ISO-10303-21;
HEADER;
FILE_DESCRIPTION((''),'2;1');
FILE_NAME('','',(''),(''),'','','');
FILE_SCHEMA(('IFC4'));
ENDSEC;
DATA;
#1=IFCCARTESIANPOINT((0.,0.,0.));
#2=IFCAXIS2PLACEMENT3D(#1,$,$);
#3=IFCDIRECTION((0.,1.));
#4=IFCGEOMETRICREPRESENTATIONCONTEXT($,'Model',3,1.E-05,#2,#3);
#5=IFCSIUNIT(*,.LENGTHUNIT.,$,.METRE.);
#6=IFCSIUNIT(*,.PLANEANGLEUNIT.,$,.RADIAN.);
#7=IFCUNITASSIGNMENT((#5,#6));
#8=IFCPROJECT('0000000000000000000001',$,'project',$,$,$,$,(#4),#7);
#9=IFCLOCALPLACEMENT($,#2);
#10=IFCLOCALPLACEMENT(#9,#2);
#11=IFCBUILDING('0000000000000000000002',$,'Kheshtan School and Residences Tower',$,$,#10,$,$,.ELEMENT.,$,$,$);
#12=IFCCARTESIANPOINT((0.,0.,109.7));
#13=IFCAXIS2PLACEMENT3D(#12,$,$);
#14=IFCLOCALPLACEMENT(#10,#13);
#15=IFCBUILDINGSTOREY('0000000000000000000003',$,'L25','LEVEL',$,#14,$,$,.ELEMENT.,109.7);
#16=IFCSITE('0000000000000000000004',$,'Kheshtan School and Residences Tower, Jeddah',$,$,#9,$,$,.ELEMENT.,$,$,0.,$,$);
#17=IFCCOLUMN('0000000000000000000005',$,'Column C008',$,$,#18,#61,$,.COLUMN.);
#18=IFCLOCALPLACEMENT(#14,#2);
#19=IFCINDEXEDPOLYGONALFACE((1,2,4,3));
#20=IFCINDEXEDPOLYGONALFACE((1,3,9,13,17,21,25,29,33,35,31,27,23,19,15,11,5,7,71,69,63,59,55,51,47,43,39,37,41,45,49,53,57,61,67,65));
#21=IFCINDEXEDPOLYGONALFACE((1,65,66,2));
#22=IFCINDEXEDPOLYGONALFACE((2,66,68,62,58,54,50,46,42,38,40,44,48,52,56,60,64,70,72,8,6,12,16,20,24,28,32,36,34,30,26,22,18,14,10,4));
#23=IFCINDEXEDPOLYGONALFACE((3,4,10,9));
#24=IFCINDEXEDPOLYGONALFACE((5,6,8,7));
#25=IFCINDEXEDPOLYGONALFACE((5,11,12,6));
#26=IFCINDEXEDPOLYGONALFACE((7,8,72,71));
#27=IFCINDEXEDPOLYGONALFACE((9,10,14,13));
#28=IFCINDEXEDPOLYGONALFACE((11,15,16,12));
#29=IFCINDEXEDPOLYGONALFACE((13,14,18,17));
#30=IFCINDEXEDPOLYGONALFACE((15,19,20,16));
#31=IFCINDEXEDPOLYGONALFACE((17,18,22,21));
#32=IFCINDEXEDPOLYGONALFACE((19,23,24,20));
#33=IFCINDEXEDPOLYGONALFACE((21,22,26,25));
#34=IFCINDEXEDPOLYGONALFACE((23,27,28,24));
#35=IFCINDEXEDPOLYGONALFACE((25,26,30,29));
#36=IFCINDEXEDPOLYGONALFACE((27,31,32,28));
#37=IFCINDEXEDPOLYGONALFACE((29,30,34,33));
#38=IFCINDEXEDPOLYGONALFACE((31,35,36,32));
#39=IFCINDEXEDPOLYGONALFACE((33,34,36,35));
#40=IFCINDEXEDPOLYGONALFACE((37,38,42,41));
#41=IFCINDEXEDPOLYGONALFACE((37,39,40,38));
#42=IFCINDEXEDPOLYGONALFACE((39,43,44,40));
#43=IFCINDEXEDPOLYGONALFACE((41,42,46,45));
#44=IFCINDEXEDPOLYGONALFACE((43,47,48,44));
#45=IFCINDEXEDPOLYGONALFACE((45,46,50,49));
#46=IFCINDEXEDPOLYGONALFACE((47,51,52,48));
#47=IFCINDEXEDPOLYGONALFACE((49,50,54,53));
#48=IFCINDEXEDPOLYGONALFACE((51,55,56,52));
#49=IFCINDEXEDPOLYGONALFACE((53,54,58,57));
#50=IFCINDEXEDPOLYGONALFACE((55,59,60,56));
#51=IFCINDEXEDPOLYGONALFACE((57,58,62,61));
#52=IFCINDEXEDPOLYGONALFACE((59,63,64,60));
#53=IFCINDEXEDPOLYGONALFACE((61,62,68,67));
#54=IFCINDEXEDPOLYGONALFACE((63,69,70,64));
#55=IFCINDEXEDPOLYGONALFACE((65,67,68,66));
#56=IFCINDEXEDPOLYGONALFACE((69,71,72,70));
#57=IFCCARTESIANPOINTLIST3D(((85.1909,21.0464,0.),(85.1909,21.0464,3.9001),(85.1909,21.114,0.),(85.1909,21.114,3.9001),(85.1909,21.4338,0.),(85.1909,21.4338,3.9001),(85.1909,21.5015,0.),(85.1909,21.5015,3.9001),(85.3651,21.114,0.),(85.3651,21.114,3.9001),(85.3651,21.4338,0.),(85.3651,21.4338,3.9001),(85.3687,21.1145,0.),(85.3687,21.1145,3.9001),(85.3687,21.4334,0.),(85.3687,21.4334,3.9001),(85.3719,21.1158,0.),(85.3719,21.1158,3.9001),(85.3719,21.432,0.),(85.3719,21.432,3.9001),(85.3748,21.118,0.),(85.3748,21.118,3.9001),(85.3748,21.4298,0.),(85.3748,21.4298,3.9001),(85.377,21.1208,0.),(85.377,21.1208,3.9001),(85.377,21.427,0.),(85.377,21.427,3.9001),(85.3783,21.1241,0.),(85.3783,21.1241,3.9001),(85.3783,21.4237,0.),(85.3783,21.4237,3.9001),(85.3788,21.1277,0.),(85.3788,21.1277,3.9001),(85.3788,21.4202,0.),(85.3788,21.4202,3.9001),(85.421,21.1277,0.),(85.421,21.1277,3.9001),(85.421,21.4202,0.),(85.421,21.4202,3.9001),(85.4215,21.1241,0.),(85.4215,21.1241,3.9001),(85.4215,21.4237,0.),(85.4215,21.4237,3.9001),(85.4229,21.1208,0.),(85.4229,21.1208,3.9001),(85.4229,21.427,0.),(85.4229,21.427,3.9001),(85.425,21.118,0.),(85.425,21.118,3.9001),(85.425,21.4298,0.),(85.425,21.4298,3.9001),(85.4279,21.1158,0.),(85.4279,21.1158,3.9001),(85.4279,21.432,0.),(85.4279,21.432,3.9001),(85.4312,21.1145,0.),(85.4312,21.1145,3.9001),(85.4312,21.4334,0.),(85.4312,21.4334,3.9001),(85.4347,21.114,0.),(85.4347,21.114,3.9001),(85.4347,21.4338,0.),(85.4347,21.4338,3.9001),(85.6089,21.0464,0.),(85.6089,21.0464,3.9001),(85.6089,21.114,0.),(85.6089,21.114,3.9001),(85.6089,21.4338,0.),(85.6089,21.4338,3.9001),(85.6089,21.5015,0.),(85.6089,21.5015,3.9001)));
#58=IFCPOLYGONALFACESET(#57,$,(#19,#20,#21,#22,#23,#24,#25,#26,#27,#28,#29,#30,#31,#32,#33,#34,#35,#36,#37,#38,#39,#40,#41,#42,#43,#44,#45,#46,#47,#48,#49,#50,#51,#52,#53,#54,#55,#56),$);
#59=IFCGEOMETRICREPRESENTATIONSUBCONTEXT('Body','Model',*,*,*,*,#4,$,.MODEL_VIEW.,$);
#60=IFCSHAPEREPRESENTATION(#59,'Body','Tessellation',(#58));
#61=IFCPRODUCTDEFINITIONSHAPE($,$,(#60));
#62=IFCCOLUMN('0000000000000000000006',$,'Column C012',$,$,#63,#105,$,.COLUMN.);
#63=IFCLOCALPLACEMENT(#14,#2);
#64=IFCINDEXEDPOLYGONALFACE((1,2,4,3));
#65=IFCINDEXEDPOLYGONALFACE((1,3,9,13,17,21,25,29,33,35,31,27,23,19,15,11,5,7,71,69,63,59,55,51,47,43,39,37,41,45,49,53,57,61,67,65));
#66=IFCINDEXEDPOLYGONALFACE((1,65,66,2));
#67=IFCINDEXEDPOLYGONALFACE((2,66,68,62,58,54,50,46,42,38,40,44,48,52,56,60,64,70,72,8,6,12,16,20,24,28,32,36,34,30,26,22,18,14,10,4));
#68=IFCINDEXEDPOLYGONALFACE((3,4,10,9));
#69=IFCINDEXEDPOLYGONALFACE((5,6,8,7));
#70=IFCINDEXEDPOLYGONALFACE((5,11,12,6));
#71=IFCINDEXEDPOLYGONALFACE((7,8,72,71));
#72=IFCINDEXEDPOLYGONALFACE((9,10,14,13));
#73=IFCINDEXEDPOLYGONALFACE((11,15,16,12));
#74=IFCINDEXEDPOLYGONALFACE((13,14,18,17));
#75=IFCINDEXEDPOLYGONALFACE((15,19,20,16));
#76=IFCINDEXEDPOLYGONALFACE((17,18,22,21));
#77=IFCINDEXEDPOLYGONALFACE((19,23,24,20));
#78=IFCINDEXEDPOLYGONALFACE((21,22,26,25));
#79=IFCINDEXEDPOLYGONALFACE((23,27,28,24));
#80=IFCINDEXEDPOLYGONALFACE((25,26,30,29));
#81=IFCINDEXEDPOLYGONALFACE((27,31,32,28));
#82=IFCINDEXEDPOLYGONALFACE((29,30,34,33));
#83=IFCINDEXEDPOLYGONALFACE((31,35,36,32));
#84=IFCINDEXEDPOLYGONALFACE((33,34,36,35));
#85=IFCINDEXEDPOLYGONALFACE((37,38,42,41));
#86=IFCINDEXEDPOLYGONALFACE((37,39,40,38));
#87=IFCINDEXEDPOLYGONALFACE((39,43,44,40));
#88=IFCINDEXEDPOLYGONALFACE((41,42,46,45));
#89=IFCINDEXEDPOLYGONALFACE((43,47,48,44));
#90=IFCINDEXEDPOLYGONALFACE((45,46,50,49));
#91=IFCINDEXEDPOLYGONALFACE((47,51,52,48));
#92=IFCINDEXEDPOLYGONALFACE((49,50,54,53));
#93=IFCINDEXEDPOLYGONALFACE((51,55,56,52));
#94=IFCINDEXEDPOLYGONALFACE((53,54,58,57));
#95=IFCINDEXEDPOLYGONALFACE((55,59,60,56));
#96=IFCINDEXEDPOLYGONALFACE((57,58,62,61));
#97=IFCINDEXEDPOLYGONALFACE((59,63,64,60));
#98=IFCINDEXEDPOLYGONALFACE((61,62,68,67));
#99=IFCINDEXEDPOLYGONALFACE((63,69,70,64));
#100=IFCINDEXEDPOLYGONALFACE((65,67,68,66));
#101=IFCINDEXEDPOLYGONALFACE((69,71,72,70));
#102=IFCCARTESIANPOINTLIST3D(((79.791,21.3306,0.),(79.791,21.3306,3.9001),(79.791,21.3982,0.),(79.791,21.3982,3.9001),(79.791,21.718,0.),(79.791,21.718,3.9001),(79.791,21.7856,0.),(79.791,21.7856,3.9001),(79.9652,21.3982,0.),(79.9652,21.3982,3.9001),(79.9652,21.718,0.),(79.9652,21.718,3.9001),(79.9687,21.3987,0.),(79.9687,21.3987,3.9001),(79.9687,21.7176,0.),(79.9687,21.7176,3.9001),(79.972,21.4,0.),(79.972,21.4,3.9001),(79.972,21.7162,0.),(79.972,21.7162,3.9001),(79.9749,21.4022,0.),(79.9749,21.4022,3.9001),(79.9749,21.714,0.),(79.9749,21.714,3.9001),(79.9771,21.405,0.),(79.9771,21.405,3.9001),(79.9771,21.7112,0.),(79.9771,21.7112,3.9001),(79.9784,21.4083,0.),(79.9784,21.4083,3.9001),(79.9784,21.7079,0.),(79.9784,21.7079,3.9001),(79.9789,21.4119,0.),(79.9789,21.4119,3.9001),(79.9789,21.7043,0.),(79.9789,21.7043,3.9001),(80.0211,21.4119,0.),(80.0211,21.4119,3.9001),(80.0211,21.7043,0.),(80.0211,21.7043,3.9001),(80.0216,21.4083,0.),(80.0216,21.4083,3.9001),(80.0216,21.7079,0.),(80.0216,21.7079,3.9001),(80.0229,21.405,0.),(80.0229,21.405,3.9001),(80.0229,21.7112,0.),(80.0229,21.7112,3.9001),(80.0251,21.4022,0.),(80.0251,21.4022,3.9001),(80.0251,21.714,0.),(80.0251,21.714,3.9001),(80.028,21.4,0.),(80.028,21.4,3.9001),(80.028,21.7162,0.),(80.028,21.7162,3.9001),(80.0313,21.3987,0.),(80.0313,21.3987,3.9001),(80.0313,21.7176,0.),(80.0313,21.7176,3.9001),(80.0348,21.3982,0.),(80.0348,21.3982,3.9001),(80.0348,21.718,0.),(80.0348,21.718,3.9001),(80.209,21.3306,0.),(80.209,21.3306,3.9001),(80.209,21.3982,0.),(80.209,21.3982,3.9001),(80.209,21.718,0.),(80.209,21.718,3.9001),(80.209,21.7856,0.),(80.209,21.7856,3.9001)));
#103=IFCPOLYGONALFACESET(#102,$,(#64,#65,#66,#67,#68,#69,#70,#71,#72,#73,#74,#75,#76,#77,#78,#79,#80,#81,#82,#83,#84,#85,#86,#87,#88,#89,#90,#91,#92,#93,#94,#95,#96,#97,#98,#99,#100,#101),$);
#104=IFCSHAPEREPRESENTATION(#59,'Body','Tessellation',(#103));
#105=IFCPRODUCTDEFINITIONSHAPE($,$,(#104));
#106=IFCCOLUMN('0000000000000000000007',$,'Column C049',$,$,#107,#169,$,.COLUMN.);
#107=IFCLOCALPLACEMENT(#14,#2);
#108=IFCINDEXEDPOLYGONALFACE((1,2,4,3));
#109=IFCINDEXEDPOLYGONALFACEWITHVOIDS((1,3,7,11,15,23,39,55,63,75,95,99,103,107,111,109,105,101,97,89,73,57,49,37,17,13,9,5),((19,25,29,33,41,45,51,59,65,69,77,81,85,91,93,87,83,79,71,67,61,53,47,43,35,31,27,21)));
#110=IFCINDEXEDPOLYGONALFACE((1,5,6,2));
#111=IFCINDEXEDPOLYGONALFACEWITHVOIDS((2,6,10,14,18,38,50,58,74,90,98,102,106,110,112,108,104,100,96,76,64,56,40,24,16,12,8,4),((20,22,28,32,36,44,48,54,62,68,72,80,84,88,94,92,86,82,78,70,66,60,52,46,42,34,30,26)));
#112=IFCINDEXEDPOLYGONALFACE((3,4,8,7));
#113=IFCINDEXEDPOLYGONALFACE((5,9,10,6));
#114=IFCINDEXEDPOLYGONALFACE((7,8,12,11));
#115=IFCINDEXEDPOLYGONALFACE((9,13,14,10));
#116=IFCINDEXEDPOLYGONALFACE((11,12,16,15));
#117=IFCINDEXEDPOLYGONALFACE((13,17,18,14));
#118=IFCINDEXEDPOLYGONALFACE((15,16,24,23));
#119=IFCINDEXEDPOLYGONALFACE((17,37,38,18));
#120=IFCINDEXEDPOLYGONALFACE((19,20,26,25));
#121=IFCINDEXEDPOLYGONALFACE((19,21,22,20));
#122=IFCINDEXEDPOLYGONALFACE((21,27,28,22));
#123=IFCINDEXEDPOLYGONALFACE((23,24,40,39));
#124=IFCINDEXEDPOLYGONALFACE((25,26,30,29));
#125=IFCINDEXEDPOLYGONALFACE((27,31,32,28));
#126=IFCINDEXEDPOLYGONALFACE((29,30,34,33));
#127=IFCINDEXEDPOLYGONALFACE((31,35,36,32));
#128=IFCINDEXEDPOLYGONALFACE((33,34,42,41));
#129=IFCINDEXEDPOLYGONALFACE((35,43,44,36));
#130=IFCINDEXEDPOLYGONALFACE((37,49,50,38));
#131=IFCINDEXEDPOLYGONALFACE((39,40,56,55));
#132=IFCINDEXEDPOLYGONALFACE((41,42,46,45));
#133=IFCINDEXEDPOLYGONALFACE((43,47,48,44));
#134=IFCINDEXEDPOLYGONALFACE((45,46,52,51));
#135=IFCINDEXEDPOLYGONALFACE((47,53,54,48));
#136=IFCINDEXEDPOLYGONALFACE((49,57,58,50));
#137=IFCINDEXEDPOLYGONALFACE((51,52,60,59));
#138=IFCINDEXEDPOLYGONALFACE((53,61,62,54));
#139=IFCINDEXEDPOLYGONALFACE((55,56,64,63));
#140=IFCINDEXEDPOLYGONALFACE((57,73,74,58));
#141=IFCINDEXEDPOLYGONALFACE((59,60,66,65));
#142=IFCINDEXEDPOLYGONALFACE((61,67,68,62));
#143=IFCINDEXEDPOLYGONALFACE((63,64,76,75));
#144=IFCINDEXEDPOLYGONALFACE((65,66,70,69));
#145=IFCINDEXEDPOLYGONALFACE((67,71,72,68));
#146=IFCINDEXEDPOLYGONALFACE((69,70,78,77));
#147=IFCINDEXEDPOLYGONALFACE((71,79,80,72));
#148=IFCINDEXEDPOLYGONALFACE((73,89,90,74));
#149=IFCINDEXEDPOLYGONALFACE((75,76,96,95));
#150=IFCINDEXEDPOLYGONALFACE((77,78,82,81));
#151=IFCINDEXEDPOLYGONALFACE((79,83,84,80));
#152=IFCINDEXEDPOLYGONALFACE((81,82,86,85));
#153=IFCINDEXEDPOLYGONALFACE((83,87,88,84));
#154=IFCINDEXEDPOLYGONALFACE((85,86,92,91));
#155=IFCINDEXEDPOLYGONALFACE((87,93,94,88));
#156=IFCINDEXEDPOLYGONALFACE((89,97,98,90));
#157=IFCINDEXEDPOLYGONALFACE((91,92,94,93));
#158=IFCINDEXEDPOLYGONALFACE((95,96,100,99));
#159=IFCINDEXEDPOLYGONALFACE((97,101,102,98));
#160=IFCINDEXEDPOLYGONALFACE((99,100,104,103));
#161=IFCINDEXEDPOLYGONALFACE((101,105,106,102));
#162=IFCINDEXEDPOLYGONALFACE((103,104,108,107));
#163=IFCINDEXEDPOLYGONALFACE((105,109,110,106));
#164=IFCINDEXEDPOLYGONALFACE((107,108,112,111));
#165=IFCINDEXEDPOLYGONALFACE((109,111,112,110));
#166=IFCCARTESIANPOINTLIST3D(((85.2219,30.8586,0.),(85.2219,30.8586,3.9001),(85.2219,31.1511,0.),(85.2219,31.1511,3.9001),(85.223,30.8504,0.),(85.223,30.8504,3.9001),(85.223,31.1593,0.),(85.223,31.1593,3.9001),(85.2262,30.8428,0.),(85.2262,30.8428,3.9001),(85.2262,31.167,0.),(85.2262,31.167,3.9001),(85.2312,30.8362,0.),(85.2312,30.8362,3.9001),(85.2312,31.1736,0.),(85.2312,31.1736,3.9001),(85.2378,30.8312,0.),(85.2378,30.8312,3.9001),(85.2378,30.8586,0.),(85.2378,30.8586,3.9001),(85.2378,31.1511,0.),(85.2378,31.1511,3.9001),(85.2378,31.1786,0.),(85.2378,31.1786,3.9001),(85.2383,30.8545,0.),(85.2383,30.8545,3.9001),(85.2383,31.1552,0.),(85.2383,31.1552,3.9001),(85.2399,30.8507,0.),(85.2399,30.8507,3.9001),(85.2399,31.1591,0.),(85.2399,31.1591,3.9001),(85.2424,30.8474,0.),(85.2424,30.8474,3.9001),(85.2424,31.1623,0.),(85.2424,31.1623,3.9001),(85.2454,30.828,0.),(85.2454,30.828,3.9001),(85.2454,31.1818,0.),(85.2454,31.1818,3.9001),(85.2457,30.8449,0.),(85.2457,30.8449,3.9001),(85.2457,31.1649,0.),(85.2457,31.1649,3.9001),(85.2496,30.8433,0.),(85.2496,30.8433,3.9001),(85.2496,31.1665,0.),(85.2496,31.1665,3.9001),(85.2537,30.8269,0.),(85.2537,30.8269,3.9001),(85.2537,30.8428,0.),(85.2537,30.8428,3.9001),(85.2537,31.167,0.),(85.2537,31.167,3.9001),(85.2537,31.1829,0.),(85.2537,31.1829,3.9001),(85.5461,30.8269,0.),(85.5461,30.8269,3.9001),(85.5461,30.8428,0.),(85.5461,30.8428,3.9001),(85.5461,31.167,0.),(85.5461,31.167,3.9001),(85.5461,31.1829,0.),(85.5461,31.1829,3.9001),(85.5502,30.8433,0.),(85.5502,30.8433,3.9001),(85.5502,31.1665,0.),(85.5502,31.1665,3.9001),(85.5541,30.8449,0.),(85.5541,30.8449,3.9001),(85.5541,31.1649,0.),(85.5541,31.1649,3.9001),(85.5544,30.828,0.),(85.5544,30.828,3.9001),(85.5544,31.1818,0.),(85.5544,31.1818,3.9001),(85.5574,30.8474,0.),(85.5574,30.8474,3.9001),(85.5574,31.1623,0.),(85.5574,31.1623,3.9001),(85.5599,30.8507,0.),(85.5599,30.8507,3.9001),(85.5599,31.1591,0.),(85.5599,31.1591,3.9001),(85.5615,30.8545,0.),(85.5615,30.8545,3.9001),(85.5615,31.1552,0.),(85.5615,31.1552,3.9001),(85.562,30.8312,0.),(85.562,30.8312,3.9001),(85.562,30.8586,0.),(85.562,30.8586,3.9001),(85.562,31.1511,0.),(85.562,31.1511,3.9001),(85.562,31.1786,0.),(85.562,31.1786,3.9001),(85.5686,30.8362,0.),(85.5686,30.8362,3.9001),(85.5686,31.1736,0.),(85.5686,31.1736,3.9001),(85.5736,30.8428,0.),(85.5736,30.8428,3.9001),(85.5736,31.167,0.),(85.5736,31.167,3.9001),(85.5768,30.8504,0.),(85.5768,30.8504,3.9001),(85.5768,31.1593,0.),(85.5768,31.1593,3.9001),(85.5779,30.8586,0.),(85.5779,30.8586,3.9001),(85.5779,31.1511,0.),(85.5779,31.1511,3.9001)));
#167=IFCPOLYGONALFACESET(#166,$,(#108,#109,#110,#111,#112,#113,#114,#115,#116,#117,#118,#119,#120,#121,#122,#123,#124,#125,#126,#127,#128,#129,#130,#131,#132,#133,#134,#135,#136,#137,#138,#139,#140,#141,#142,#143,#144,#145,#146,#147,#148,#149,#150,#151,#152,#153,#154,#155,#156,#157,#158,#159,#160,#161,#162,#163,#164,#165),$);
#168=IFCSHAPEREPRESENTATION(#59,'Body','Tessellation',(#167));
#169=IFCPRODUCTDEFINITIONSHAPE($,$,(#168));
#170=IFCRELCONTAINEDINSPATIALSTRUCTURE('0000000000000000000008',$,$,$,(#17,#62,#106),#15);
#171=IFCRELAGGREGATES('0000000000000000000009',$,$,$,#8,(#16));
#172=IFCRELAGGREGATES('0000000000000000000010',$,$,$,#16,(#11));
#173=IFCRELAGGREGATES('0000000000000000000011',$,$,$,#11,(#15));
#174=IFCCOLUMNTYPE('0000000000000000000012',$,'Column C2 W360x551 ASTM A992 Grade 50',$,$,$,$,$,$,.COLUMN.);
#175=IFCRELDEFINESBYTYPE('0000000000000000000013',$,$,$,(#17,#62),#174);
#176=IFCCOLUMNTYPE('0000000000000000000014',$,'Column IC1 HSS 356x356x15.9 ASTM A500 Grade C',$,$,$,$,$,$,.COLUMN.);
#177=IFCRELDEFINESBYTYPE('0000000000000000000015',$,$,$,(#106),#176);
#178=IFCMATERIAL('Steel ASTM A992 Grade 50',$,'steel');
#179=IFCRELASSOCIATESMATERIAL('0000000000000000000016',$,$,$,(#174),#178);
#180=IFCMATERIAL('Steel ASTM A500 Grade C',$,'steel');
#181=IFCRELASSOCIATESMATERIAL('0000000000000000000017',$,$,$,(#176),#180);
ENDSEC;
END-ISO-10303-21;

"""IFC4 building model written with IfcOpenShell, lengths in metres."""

from ifc_helpers import new_model, si_unit, direction, frame, origin, origin_2d, place, context, subcontext, project, spatial, hollow_rectangle, i_section, extrude, material, material_profile, profile_set, type_object, element, save


model = new_model("IFC4")

# Units and contexts
model_context = context("Model", 3, precision=1e-05, world=origin(), true_north=direction((0.0, 1.0)))
body_context = subcontext(model_context, "Body", "Model", "MODEL_VIEW")
ifc_project = project(units=[si_unit("LENGTHUNIT", "METRE"), si_unit("PLANEANGLEUNIT", "RADIAN")], contexts=[model_context])

# Site, building, storey
site_placement = place(None, origin())
site = spatial("IfcSite", under=ifc_project, at=site_placement, Name="Kheshtan School and Residences Tower, Jeddah", CompositionType="ELEMENT", RefElevation=0.0)
building_placement = place(site_placement, origin())
building = spatial("IfcBuilding", under=site, at=building_placement, Name="Kheshtan School and Residences Tower", CompositionType="ELEMENT")
storey_placement = place(building_placement, frame((0.0, 0.0, 109.7)))
storey = spatial("IfcBuildingStorey", under=building, at=storey_placement, Name="L25", Description="LEVEL", CompositionType="ELEMENT", Elevation=109.7)

# Columns
ifc_material_1 = material(Name="Steel ASTM A992 Grade 50", Category="steel")
ifc_material_profile_1 = material_profile(ifc_material_1, i_section(OverallWidth=0.418, OverallDepth=0.4551, WebThickness=0.0422, FlangeThickness=0.0676, FilletRadius=0.0137, at=origin_2d()), Name="W360x551")
ifc_profile_set_1 = profile_set([ifc_material_profile_1], Name="Steel ASTM A992 Grade 50")
column_type_1 = type_object("IfcColumnType", Name="Column C2 W360x551 ASTM A992 Grade 50", PredefinedType="COLUMN", material=ifc_profile_set_1)
for number, where, z_axis, x_axis, name in (
    (1, (85.3999, 21.2739, 0.0), (0.0, 0.0, 1.0), (1.0, 0.0, 0.0), "Column C008"),
    (2, (80.0, 21.5581, 0.0), (0.0, 0.0, 1.0), (1.0, 0.0, 0.0), "Column C012"),
):
    element("IfcColumn", number, at=place(storey_placement, frame(where, z_axis=z_axis, x_axis=x_axis)), inside=storey, type_object=column_type_1, Name=name, PredefinedType="COLUMN", context=body_context, shape_type="SweptSolid", body=[
        extrude(i_section(OverallWidth=0.418, OverallDepth=0.4551, WebThickness=0.0422, FlangeThickness=0.0676, FilletRadius=0.0137, at=origin_2d()), origin(), (0.0, 0.0, 1.0), 3.9001),
    ])
ifc_material_2 = material(Name="Steel ASTM A500 Grade C", Category="steel")
ifc_material_profile_2 = material_profile(ifc_material_2, hollow_rectangle(XDim=0.356, YDim=0.356, WallThickness=0.0159, InnerFilletRadius=0.0159, OuterFilletRadius=0.0317, at=origin_2d()), Name="HSS 356x356x15.9")
ifc_profile_set_2 = profile_set([ifc_material_profile_2], Name="Steel ASTM A500 Grade C")
column_type_2 = type_object("IfcColumnType", Name="Column IC1 HSS 356x356x15.9 ASTM A500 Grade C", PredefinedType="COLUMN", material=ifc_profile_set_2)
column_placement = place(storey_placement, frame((85.3999, 31.0049, 0.0), z_axis=(0.0, 0.0, 1.0), x_axis=(1.0, 0.0, 0.0)))
element("IfcColumn", 3, at=column_placement, inside=storey, type_object=column_type_2, Name="Column C049", PredefinedType="COLUMN", context=body_context, shape_type="SweptSolid", body=[
    extrude(hollow_rectangle(XDim=0.356, YDim=0.356, WallThickness=0.0159, InnerFilletRadius=0.0159, OuterFilletRadius=0.0317, at=origin_2d()), origin(), (0.0, 0.0, 1.0), 3.9001),
])

save(model, "model.ifc")
